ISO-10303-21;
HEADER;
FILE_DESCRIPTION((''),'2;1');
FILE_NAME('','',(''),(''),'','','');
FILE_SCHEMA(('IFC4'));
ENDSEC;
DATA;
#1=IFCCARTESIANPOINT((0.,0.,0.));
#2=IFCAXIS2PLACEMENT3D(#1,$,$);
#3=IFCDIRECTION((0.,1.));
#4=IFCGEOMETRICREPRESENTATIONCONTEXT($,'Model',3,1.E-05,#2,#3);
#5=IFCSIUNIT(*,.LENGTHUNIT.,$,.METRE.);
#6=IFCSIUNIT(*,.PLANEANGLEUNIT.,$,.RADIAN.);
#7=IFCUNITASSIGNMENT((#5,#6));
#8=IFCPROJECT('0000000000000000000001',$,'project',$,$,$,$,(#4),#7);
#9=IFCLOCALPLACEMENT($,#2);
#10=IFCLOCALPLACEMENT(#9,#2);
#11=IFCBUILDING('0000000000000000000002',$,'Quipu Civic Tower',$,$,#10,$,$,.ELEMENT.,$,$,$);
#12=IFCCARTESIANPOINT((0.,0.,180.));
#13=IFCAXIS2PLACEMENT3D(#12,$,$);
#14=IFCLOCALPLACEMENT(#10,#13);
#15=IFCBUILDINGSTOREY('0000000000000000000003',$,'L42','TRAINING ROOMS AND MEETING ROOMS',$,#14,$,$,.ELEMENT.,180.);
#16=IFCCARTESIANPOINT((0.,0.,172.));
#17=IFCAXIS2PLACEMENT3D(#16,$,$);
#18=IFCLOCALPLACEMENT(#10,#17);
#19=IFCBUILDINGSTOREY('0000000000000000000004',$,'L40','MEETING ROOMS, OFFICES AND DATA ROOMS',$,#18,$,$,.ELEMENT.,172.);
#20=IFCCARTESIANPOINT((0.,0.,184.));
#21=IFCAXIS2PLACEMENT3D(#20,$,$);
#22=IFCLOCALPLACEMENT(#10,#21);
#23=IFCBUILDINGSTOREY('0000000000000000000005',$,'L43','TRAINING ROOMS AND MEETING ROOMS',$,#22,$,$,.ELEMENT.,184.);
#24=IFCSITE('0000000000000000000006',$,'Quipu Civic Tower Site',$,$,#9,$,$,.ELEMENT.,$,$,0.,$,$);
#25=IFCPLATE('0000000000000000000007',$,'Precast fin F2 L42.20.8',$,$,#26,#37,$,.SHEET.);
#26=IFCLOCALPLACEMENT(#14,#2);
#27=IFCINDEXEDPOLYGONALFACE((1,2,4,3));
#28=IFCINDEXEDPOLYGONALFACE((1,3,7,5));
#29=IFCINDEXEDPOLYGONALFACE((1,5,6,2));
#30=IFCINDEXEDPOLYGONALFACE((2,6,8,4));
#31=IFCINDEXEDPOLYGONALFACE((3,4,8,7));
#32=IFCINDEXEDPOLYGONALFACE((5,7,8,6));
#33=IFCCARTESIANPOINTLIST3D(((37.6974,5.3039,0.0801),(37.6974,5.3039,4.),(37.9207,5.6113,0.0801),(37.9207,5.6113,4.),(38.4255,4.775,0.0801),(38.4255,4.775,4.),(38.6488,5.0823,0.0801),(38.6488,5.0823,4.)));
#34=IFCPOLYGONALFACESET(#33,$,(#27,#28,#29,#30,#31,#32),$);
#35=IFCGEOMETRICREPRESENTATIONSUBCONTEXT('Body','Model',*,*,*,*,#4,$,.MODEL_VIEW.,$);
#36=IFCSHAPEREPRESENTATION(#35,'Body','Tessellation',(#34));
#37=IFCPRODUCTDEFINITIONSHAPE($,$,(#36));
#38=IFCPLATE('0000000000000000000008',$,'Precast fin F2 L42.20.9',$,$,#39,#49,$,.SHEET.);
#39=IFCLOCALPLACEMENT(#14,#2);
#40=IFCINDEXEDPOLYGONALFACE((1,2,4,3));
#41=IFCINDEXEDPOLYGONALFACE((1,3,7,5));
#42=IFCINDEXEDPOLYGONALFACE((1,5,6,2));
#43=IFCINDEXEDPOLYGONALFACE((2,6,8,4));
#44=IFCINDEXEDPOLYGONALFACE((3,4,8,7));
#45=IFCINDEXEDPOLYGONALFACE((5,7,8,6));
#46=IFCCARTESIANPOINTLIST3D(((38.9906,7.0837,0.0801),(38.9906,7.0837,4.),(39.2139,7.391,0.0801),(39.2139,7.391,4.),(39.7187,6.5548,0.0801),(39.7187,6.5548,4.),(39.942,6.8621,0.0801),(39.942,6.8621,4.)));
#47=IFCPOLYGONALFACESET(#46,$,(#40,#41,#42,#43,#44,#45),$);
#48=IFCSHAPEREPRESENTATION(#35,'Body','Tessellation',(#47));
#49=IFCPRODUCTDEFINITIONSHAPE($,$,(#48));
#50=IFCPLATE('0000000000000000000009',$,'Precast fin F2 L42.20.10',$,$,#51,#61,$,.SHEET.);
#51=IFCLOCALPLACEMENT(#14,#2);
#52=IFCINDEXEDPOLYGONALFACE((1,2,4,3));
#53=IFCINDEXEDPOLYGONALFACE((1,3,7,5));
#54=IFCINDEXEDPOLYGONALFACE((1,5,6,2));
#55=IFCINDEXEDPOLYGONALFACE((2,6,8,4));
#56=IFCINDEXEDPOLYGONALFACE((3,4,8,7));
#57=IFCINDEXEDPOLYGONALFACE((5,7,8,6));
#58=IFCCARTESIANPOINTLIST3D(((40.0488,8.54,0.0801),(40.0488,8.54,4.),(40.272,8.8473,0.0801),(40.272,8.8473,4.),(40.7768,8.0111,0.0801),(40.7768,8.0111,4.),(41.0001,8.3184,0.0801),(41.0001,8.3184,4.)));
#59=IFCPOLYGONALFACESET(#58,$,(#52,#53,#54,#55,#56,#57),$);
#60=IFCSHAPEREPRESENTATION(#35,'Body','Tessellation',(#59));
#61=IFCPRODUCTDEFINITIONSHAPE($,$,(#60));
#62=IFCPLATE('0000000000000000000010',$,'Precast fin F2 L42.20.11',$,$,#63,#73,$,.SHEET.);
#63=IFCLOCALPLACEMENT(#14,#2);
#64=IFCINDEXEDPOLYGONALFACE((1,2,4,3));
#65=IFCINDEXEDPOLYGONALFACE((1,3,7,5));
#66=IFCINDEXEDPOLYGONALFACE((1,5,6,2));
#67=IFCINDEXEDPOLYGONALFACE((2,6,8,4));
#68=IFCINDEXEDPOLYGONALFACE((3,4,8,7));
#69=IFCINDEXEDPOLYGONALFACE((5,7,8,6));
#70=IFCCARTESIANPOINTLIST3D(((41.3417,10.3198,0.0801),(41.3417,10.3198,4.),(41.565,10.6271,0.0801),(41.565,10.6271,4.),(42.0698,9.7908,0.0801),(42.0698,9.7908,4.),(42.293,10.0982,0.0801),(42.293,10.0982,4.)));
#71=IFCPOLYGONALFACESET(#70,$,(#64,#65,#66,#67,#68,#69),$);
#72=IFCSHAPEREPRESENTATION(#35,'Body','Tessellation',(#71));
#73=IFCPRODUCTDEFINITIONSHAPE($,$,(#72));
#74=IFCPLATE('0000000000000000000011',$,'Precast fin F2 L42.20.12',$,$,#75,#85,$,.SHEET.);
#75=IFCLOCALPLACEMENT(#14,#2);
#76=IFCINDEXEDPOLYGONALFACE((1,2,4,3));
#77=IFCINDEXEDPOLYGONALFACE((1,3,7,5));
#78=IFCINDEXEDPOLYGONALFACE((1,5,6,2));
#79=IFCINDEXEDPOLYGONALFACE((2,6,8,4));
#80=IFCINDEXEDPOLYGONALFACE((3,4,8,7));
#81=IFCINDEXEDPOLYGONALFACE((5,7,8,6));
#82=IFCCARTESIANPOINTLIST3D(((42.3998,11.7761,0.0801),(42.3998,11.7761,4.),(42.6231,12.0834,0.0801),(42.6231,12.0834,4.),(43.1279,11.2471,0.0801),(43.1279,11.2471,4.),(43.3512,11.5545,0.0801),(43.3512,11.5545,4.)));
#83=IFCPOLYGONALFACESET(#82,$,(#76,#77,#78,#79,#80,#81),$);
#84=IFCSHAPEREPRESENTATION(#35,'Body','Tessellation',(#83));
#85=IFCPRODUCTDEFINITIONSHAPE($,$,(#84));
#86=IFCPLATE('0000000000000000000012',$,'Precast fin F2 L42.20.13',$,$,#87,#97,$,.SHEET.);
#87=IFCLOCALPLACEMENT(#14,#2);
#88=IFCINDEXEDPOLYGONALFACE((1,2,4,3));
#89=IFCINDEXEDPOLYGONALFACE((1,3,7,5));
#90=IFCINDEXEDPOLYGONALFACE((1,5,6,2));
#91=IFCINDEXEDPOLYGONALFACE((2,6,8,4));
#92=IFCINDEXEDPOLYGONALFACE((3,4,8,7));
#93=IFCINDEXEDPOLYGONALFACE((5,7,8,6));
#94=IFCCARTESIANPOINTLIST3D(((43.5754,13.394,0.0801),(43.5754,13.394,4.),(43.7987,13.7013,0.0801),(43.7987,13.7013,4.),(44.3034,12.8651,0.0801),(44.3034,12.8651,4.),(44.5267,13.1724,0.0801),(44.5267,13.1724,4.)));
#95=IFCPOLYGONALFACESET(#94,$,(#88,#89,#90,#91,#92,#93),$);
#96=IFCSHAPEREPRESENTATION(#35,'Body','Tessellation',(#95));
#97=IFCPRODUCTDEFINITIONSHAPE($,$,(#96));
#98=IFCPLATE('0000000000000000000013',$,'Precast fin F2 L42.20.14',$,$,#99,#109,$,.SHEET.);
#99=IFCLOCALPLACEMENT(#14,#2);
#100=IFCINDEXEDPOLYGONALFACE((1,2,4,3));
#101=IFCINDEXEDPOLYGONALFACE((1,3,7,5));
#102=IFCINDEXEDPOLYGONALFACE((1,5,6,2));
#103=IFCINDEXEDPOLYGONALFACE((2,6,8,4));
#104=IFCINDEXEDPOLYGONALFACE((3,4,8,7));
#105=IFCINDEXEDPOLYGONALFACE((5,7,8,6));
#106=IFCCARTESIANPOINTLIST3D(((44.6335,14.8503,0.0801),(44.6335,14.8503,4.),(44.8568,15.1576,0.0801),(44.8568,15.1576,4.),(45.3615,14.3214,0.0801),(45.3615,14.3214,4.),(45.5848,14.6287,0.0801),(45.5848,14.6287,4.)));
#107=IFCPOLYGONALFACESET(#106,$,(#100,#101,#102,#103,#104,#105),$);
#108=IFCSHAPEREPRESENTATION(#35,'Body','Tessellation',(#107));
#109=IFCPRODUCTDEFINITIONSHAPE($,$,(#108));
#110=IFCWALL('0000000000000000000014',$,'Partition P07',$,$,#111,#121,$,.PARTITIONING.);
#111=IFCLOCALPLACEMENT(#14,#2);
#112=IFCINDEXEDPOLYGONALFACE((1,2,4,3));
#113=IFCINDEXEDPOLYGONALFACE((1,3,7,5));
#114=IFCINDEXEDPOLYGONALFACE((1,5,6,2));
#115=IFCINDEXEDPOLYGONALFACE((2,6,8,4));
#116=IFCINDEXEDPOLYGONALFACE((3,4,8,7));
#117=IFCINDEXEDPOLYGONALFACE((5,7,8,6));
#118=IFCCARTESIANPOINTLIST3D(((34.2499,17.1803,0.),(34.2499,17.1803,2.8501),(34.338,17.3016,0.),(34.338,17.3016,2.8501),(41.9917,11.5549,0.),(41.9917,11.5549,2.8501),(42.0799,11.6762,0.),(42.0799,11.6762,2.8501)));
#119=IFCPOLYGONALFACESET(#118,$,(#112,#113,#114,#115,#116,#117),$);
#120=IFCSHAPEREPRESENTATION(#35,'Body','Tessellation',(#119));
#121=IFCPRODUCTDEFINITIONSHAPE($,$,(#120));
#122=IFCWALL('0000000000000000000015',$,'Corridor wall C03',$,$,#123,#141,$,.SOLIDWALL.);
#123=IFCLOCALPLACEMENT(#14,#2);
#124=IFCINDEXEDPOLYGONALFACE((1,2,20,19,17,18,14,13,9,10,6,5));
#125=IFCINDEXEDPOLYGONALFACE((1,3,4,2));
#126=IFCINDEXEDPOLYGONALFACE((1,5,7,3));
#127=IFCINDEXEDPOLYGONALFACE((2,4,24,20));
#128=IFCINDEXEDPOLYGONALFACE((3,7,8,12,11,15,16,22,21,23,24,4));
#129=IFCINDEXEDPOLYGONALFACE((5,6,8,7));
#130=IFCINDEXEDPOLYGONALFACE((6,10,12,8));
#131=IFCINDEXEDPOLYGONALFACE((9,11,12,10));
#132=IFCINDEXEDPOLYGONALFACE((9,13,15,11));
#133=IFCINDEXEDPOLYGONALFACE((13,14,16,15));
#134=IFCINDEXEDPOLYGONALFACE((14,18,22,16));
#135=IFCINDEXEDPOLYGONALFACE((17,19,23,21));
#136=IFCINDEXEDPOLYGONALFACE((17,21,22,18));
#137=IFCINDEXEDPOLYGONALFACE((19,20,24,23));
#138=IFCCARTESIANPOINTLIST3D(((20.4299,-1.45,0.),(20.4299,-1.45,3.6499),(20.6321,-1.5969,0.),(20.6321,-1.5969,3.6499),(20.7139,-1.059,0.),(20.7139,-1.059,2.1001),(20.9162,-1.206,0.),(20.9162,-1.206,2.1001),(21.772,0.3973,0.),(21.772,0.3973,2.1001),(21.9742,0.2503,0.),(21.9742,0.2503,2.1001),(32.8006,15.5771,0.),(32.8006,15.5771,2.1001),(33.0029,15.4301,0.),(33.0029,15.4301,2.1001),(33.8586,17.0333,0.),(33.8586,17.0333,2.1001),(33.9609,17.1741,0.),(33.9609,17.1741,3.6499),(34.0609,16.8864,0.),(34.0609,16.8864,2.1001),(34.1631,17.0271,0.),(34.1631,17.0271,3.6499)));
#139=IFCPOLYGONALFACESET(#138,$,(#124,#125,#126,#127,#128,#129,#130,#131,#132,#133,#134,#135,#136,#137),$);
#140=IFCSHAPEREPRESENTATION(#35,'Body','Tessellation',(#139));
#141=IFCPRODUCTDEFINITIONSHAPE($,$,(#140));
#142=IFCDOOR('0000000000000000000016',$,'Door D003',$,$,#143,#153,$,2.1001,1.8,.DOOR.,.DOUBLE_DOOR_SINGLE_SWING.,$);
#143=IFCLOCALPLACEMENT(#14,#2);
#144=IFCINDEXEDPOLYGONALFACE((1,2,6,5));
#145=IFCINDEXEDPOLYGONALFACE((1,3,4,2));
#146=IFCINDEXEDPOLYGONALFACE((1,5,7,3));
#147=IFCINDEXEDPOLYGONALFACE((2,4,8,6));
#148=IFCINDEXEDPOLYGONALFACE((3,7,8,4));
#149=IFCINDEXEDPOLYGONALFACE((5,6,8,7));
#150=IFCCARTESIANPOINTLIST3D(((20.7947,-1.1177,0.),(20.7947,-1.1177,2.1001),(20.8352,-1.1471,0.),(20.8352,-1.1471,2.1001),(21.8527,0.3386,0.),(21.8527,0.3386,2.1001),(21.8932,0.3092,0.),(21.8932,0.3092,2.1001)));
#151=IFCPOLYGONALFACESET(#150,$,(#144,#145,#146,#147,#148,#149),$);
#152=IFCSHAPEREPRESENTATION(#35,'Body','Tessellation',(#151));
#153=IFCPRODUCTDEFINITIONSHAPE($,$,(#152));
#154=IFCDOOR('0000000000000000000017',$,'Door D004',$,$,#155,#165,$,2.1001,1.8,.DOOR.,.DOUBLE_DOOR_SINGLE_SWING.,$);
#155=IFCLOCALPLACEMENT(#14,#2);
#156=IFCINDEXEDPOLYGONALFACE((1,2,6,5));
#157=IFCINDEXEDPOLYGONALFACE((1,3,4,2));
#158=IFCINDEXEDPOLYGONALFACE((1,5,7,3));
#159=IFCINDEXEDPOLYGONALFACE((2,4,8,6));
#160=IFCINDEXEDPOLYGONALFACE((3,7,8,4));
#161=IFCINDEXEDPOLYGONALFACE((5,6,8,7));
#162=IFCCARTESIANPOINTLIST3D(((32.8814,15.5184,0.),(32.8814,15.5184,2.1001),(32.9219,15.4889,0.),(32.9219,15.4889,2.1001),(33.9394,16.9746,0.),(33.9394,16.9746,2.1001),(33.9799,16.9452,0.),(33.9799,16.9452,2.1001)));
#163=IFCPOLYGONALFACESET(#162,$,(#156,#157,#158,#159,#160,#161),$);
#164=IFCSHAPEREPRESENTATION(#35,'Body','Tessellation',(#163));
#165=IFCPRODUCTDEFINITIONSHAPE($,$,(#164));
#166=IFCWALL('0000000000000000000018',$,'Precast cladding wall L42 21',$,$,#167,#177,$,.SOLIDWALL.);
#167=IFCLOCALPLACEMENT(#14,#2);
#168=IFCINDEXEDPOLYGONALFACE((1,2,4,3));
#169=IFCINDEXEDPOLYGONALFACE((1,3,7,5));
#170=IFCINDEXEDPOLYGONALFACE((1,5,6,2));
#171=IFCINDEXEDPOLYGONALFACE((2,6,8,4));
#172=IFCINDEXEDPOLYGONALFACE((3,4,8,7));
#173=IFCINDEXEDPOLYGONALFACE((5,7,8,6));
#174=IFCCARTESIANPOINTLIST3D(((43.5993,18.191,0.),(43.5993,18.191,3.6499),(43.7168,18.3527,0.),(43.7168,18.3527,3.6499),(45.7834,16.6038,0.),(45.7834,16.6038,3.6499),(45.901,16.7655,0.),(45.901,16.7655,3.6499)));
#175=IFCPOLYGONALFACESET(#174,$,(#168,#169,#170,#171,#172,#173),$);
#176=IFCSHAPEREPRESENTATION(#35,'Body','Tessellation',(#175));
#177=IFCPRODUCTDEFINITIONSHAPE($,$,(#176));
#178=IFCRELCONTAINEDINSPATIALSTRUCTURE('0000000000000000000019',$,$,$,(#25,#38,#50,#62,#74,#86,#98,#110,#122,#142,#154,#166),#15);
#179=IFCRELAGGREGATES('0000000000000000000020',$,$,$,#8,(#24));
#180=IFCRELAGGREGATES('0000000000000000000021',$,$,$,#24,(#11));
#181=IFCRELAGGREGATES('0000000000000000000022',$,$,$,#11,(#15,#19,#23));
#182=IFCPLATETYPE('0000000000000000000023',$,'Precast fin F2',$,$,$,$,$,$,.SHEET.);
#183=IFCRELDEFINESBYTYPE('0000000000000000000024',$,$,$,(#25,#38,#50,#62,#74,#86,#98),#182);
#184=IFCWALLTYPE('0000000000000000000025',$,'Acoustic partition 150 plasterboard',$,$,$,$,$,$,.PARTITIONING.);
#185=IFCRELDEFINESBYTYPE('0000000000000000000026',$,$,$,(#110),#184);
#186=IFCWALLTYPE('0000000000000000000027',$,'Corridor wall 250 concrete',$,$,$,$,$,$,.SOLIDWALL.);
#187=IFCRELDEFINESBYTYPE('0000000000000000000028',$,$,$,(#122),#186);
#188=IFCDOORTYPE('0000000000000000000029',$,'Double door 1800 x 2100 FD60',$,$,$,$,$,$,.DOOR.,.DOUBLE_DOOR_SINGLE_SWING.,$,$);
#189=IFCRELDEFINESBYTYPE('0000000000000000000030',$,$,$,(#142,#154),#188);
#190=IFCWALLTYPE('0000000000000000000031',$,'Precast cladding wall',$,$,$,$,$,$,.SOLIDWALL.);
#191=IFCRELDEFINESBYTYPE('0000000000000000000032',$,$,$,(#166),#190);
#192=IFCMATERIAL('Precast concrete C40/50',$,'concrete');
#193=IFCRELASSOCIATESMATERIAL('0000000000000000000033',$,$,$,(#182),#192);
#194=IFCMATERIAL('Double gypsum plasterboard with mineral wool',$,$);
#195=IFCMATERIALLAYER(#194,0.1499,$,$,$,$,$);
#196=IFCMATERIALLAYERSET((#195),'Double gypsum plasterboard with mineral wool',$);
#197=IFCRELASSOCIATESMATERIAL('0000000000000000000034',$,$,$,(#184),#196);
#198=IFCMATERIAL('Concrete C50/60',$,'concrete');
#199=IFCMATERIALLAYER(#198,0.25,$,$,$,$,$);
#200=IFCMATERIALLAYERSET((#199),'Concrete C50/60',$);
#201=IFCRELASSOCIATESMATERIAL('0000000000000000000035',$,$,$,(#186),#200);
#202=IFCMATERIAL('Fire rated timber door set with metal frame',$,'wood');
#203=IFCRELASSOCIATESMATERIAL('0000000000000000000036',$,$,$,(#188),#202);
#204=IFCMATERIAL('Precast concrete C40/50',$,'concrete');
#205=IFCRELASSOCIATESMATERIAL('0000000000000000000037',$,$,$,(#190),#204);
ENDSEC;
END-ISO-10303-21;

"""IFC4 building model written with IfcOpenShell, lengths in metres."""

from ifc_helpers import new_model, si_unit, direction, frame, frame_2d, origin, origin_2d, place, context, subcontext, project, spatial, rectangle, extrude, material, layer, layer_set, type_object, element, fill, save


model = new_model("IFC4")

# Units and contexts
model_context = context("Model", 3, precision=1e-05, world=origin(), true_north=direction((0.0, 1.0)))
body_context = subcontext(model_context, "Body", "Model", "MODEL_VIEW")
ifc_project = project(units=[si_unit("LENGTHUNIT", "METRE"), si_unit("PLANEANGLEUNIT", "RADIAN")], contexts=[model_context])

# Site, building, storey
site_placement = place(None, origin())
site = spatial("IfcSite", under=ifc_project, at=site_placement, Name="Quipu Civic Tower Site", CompositionType="ELEMENT", RefElevation=0.0)
building_placement = place(site_placement, origin())
building = spatial("IfcBuilding", under=site, at=building_placement, Name="Quipu Civic Tower", CompositionType="ELEMENT")
storey_1_placement = place(building_placement, frame((0.0, 0.0, 180.0)))
storey_1 = spatial("IfcBuildingStorey", under=building, at=storey_1_placement, Name="L42", Description="TRAINING ROOMS AND MEETING ROOMS", CompositionType="ELEMENT", Elevation=180.0)

# Shared definitions
storey_2_placement = place(building_placement, frame((0.0, 0.0, 172.0)))
storey_2 = spatial("IfcBuildingStorey", under=building, at=storey_2_placement, Name="L40", Description="MEETING ROOMS, OFFICES AND DATA ROOMS", CompositionType="ELEMENT", Elevation=172.0)

# Shared definitions
storey_3_placement = place(building_placement, frame((0.0, 0.0, 184.0)))
storey_3 = spatial("IfcBuildingStorey", under=building, at=storey_3_placement, Name="L43", Description="TRAINING ROOMS AND MEETING ROOMS", CompositionType="ELEMENT", Elevation=184.0)

# Plates
ifc_material_1 = material(Name="Precast concrete C40/50", Category="concrete")
plate_type_1 = type_object("IfcPlateType", Name="Precast fin F2", PredefinedType="SHEET", material=ifc_material_1)
for number, where, z_axis, x_axis, name in (
    (1, (38.1731, 5.1931, 0.0801), (0.0, 0.0, 1.0), (0.587786, 0.809017, 0.0), "Precast fin F2 L42.20.8"),
    (2, (39.4663, 6.9729, 0.0801), (0.0, 0.0, 1.0), (0.587786, 0.809017, 0.0), "Precast fin F2 L42.20.9"),
    (3, (40.5244, 8.4292, 0.0801), (0.0, 0.0, 1.0), (0.587786, 0.809017, 0.0), "Precast fin F2 L42.20.10"),
    (4, (41.8174, 10.209, 0.0801), (0.0, 0.0, 1.0), (0.587786, 0.809017, 0.0), "Precast fin F2 L42.20.11"),
    (5, (42.8755, 11.6653, 0.0801), (0.0, 0.0, 1.0), (0.587786, 0.809017, 0.0), "Precast fin F2 L42.20.12"),
    (6, (44.051, 13.2832, 0.0801), (0.0, 0.0, 1.0), (0.587786, 0.809017, 0.0), "Precast fin F2 L42.20.13"),
    (7, (45.1091, 14.7395, 0.0801), (0.0, 0.0, 1.0), (0.587786, 0.809017, 0.0), "Precast fin F2 L42.20.14"),
):
    element("IfcPlate", number, at=place(storey_1_placement, frame(where, z_axis=z_axis, x_axis=x_axis)), inside=storey_1, type_object=plate_type_1, Name=name, PredefinedType="SHEET", context=body_context, shape_type="SweptSolid", body=[
        extrude(rectangle(XDim=0.3799, YDim=0.8999, at=origin_2d()), origin(), (0.0, 0.0, 1.0), 3.9199),
    ])

# Wall
ifc_material_2 = material(Name="Double gypsum plasterboard with mineral wool")
ifc_layer_1 = layer(ifc_material_2, 0.1499)
ifc_layer_set_1 = layer_set([ifc_layer_1], Name="Double gypsum plasterboard with mineral wool")
wall_type_1 = type_object("IfcWallType", Name="Acoustic partition 150 plasterboard", PredefinedType="PARTITIONING", material=ifc_layer_set_1)
wall_1_placement = place(storey_1_placement, frame((34.2939, 17.241, 0.0), z_axis=(0.0, 0.0, 1.0), x_axis=(0.808985, -0.587829, 0.0)))
element("IfcWall", 8, at=wall_1_placement, inside=storey_1, type_object=wall_type_1, Name="Partition P07", PredefinedType="PARTITIONING", context=body_context, shape_type="SweptSolid", body=[
    extrude(rectangle(XDim=9.5698, YDim=0.1499, at=frame_2d((4.7849, 0.0))), origin(), (0.0, 0.0, 1.0), 2.8501),
])

# Wall, openings, doors
ifc_material_3 = material(Name="Concrete C50/60", Category="concrete")
ifc_layer_2 = layer(ifc_material_3, 0.25)
ifc_layer_set_2 = layer_set([ifc_layer_2], Name="Concrete C50/60")
wall_type_2 = type_object("IfcWallType", Name="Corridor wall 250 concrete", PredefinedType="SOLIDWALL", material=ifc_layer_set_2)
wall_2_placement = place(storey_1_placement, frame((34.062, 17.1006, 0.0), z_axis=(0.0, 0.0, 1.0), x_axis=(-0.587781, -0.80902, 0.0)))
wall_2 = element("IfcWall", 9, at=wall_2_placement, inside=storey_1, type_object=wall_type_2, Name="Corridor wall C03", PredefinedType="SOLIDWALL", context=body_context, shape_type="SweptSolid", body=[
    extrude(rectangle(XDim=23.0205, YDim=0.25, at=frame_2d((11.5103, 0.0))), origin(), (0.0, 0.0, 1.0), 3.6499),
])
opening_1_placement = place(wall_2_placement, frame((20.7373, 0.0, 0.0)))
opening_1 = element("IfcOpeningElement", 10, at=opening_1_placement, cuts=wall_2, PredefinedType="OPENING", context=body_context, shape_type="SweptSolid", body=[
    extrude(rectangle(XDim=1.8, YDim=2.1001, at=frame_2d((0.8999, 1.05))), frame((0.0, 0.135, 0.0), z_axis=(0.0, -1.0, 0.0), x_axis=(1.0, 0.0, 0.0)), (0.0, 0.0, 1.0), 0.27),
])
opening_2_placement = place(wall_2_placement, frame((0.1741, 0.0, 0.0)))
opening_2 = element("IfcOpeningElement", 11, at=opening_2_placement, cuts=wall_2, PredefinedType="OPENING", context=body_context, shape_type="SweptSolid", body=[
    extrude(rectangle(XDim=1.8, YDim=2.1001, at=frame_2d((0.8999, 1.05))), frame((0.0, 0.135, 0.0), z_axis=(0.0, -1.0, 0.0), x_axis=(1.0, 0.0, 0.0)), (0.0, 0.0, 1.0), 0.27),
])
ifc_material_4 = material(Name="Fire rated timber door set with metal frame", Category="wood")
door_type = type_object("IfcDoorType", Name="Double door 1800 x 2100 FD60", OperationType="DOUBLE_DOOR_SINGLE_SWING", PredefinedType="DOOR", material=ifc_material_4)
door_1_placement = place(opening_1_placement, origin())
door_1 = element("IfcDoor", 12, at=door_1_placement, inside=storey_1, type_object=door_type, Name="Door D003", OperationType="DOUBLE_DOOR_SINGLE_SWING", OverallHeight=2.1001, OverallWidth=1.8, PredefinedType="DOOR", context=body_context, shape_type="SweptSolid", body=[
    extrude(rectangle(XDim=1.8, YDim=2.1001, at=frame_2d((0.8999, 1.05))), frame((0.0, 0.0249, 0.0), z_axis=(0.0, -1.0, 0.0), x_axis=(1.0, 0.0, 0.0)), (0.0, 0.0, 1.0), 0.05),
])
fill(opening_1, door_1)
door_2_placement = place(opening_2_placement, origin())
door_2 = element("IfcDoor", 13, at=door_2_placement, inside=storey_1, type_object=door_type, Name="Door D004", OperationType="DOUBLE_DOOR_SINGLE_SWING", OverallHeight=2.1001, OverallWidth=1.8, PredefinedType="DOOR", context=body_context, shape_type="SweptSolid", body=[
    extrude(rectangle(XDim=1.8, YDim=2.1001, at=frame_2d((0.8999, 1.05))), frame((0.0, 0.0249, 0.0), z_axis=(0.0, -1.0, 0.0), x_axis=(1.0, 0.0, 0.0)), (0.0, 0.0, 1.0), 0.05),
])
fill(opening_2, door_2)

# Wall
ifc_material_5 = material(Name="Precast concrete C40/50", Category="concrete")
wall_type_3 = type_object("IfcWallType", Name="Precast cladding wall", PredefinedType="SOLIDWALL", material=ifc_material_5)
wall_3_placement = place(storey_1_placement, frame((45.8423, 16.6846, 0.0), z_axis=(0.0, 0.0, 1.0), x_axis=(-0.808959, 0.587865, 0.0)))
element("IfcWall", 14, at=wall_3_placement, inside=storey_1, type_object=wall_type_3, Name="Precast cladding wall L42 21", PredefinedType="SOLIDWALL", context=body_context, shape_type="SweptSolid", body=[
    extrude(rectangle(XDim=2.7, YDim=0.2, at=frame_2d((1.3501, 0.0))), origin(), (0.0, 0.0, 1.0), 3.6499),
])

save(model, "model.ifc")
